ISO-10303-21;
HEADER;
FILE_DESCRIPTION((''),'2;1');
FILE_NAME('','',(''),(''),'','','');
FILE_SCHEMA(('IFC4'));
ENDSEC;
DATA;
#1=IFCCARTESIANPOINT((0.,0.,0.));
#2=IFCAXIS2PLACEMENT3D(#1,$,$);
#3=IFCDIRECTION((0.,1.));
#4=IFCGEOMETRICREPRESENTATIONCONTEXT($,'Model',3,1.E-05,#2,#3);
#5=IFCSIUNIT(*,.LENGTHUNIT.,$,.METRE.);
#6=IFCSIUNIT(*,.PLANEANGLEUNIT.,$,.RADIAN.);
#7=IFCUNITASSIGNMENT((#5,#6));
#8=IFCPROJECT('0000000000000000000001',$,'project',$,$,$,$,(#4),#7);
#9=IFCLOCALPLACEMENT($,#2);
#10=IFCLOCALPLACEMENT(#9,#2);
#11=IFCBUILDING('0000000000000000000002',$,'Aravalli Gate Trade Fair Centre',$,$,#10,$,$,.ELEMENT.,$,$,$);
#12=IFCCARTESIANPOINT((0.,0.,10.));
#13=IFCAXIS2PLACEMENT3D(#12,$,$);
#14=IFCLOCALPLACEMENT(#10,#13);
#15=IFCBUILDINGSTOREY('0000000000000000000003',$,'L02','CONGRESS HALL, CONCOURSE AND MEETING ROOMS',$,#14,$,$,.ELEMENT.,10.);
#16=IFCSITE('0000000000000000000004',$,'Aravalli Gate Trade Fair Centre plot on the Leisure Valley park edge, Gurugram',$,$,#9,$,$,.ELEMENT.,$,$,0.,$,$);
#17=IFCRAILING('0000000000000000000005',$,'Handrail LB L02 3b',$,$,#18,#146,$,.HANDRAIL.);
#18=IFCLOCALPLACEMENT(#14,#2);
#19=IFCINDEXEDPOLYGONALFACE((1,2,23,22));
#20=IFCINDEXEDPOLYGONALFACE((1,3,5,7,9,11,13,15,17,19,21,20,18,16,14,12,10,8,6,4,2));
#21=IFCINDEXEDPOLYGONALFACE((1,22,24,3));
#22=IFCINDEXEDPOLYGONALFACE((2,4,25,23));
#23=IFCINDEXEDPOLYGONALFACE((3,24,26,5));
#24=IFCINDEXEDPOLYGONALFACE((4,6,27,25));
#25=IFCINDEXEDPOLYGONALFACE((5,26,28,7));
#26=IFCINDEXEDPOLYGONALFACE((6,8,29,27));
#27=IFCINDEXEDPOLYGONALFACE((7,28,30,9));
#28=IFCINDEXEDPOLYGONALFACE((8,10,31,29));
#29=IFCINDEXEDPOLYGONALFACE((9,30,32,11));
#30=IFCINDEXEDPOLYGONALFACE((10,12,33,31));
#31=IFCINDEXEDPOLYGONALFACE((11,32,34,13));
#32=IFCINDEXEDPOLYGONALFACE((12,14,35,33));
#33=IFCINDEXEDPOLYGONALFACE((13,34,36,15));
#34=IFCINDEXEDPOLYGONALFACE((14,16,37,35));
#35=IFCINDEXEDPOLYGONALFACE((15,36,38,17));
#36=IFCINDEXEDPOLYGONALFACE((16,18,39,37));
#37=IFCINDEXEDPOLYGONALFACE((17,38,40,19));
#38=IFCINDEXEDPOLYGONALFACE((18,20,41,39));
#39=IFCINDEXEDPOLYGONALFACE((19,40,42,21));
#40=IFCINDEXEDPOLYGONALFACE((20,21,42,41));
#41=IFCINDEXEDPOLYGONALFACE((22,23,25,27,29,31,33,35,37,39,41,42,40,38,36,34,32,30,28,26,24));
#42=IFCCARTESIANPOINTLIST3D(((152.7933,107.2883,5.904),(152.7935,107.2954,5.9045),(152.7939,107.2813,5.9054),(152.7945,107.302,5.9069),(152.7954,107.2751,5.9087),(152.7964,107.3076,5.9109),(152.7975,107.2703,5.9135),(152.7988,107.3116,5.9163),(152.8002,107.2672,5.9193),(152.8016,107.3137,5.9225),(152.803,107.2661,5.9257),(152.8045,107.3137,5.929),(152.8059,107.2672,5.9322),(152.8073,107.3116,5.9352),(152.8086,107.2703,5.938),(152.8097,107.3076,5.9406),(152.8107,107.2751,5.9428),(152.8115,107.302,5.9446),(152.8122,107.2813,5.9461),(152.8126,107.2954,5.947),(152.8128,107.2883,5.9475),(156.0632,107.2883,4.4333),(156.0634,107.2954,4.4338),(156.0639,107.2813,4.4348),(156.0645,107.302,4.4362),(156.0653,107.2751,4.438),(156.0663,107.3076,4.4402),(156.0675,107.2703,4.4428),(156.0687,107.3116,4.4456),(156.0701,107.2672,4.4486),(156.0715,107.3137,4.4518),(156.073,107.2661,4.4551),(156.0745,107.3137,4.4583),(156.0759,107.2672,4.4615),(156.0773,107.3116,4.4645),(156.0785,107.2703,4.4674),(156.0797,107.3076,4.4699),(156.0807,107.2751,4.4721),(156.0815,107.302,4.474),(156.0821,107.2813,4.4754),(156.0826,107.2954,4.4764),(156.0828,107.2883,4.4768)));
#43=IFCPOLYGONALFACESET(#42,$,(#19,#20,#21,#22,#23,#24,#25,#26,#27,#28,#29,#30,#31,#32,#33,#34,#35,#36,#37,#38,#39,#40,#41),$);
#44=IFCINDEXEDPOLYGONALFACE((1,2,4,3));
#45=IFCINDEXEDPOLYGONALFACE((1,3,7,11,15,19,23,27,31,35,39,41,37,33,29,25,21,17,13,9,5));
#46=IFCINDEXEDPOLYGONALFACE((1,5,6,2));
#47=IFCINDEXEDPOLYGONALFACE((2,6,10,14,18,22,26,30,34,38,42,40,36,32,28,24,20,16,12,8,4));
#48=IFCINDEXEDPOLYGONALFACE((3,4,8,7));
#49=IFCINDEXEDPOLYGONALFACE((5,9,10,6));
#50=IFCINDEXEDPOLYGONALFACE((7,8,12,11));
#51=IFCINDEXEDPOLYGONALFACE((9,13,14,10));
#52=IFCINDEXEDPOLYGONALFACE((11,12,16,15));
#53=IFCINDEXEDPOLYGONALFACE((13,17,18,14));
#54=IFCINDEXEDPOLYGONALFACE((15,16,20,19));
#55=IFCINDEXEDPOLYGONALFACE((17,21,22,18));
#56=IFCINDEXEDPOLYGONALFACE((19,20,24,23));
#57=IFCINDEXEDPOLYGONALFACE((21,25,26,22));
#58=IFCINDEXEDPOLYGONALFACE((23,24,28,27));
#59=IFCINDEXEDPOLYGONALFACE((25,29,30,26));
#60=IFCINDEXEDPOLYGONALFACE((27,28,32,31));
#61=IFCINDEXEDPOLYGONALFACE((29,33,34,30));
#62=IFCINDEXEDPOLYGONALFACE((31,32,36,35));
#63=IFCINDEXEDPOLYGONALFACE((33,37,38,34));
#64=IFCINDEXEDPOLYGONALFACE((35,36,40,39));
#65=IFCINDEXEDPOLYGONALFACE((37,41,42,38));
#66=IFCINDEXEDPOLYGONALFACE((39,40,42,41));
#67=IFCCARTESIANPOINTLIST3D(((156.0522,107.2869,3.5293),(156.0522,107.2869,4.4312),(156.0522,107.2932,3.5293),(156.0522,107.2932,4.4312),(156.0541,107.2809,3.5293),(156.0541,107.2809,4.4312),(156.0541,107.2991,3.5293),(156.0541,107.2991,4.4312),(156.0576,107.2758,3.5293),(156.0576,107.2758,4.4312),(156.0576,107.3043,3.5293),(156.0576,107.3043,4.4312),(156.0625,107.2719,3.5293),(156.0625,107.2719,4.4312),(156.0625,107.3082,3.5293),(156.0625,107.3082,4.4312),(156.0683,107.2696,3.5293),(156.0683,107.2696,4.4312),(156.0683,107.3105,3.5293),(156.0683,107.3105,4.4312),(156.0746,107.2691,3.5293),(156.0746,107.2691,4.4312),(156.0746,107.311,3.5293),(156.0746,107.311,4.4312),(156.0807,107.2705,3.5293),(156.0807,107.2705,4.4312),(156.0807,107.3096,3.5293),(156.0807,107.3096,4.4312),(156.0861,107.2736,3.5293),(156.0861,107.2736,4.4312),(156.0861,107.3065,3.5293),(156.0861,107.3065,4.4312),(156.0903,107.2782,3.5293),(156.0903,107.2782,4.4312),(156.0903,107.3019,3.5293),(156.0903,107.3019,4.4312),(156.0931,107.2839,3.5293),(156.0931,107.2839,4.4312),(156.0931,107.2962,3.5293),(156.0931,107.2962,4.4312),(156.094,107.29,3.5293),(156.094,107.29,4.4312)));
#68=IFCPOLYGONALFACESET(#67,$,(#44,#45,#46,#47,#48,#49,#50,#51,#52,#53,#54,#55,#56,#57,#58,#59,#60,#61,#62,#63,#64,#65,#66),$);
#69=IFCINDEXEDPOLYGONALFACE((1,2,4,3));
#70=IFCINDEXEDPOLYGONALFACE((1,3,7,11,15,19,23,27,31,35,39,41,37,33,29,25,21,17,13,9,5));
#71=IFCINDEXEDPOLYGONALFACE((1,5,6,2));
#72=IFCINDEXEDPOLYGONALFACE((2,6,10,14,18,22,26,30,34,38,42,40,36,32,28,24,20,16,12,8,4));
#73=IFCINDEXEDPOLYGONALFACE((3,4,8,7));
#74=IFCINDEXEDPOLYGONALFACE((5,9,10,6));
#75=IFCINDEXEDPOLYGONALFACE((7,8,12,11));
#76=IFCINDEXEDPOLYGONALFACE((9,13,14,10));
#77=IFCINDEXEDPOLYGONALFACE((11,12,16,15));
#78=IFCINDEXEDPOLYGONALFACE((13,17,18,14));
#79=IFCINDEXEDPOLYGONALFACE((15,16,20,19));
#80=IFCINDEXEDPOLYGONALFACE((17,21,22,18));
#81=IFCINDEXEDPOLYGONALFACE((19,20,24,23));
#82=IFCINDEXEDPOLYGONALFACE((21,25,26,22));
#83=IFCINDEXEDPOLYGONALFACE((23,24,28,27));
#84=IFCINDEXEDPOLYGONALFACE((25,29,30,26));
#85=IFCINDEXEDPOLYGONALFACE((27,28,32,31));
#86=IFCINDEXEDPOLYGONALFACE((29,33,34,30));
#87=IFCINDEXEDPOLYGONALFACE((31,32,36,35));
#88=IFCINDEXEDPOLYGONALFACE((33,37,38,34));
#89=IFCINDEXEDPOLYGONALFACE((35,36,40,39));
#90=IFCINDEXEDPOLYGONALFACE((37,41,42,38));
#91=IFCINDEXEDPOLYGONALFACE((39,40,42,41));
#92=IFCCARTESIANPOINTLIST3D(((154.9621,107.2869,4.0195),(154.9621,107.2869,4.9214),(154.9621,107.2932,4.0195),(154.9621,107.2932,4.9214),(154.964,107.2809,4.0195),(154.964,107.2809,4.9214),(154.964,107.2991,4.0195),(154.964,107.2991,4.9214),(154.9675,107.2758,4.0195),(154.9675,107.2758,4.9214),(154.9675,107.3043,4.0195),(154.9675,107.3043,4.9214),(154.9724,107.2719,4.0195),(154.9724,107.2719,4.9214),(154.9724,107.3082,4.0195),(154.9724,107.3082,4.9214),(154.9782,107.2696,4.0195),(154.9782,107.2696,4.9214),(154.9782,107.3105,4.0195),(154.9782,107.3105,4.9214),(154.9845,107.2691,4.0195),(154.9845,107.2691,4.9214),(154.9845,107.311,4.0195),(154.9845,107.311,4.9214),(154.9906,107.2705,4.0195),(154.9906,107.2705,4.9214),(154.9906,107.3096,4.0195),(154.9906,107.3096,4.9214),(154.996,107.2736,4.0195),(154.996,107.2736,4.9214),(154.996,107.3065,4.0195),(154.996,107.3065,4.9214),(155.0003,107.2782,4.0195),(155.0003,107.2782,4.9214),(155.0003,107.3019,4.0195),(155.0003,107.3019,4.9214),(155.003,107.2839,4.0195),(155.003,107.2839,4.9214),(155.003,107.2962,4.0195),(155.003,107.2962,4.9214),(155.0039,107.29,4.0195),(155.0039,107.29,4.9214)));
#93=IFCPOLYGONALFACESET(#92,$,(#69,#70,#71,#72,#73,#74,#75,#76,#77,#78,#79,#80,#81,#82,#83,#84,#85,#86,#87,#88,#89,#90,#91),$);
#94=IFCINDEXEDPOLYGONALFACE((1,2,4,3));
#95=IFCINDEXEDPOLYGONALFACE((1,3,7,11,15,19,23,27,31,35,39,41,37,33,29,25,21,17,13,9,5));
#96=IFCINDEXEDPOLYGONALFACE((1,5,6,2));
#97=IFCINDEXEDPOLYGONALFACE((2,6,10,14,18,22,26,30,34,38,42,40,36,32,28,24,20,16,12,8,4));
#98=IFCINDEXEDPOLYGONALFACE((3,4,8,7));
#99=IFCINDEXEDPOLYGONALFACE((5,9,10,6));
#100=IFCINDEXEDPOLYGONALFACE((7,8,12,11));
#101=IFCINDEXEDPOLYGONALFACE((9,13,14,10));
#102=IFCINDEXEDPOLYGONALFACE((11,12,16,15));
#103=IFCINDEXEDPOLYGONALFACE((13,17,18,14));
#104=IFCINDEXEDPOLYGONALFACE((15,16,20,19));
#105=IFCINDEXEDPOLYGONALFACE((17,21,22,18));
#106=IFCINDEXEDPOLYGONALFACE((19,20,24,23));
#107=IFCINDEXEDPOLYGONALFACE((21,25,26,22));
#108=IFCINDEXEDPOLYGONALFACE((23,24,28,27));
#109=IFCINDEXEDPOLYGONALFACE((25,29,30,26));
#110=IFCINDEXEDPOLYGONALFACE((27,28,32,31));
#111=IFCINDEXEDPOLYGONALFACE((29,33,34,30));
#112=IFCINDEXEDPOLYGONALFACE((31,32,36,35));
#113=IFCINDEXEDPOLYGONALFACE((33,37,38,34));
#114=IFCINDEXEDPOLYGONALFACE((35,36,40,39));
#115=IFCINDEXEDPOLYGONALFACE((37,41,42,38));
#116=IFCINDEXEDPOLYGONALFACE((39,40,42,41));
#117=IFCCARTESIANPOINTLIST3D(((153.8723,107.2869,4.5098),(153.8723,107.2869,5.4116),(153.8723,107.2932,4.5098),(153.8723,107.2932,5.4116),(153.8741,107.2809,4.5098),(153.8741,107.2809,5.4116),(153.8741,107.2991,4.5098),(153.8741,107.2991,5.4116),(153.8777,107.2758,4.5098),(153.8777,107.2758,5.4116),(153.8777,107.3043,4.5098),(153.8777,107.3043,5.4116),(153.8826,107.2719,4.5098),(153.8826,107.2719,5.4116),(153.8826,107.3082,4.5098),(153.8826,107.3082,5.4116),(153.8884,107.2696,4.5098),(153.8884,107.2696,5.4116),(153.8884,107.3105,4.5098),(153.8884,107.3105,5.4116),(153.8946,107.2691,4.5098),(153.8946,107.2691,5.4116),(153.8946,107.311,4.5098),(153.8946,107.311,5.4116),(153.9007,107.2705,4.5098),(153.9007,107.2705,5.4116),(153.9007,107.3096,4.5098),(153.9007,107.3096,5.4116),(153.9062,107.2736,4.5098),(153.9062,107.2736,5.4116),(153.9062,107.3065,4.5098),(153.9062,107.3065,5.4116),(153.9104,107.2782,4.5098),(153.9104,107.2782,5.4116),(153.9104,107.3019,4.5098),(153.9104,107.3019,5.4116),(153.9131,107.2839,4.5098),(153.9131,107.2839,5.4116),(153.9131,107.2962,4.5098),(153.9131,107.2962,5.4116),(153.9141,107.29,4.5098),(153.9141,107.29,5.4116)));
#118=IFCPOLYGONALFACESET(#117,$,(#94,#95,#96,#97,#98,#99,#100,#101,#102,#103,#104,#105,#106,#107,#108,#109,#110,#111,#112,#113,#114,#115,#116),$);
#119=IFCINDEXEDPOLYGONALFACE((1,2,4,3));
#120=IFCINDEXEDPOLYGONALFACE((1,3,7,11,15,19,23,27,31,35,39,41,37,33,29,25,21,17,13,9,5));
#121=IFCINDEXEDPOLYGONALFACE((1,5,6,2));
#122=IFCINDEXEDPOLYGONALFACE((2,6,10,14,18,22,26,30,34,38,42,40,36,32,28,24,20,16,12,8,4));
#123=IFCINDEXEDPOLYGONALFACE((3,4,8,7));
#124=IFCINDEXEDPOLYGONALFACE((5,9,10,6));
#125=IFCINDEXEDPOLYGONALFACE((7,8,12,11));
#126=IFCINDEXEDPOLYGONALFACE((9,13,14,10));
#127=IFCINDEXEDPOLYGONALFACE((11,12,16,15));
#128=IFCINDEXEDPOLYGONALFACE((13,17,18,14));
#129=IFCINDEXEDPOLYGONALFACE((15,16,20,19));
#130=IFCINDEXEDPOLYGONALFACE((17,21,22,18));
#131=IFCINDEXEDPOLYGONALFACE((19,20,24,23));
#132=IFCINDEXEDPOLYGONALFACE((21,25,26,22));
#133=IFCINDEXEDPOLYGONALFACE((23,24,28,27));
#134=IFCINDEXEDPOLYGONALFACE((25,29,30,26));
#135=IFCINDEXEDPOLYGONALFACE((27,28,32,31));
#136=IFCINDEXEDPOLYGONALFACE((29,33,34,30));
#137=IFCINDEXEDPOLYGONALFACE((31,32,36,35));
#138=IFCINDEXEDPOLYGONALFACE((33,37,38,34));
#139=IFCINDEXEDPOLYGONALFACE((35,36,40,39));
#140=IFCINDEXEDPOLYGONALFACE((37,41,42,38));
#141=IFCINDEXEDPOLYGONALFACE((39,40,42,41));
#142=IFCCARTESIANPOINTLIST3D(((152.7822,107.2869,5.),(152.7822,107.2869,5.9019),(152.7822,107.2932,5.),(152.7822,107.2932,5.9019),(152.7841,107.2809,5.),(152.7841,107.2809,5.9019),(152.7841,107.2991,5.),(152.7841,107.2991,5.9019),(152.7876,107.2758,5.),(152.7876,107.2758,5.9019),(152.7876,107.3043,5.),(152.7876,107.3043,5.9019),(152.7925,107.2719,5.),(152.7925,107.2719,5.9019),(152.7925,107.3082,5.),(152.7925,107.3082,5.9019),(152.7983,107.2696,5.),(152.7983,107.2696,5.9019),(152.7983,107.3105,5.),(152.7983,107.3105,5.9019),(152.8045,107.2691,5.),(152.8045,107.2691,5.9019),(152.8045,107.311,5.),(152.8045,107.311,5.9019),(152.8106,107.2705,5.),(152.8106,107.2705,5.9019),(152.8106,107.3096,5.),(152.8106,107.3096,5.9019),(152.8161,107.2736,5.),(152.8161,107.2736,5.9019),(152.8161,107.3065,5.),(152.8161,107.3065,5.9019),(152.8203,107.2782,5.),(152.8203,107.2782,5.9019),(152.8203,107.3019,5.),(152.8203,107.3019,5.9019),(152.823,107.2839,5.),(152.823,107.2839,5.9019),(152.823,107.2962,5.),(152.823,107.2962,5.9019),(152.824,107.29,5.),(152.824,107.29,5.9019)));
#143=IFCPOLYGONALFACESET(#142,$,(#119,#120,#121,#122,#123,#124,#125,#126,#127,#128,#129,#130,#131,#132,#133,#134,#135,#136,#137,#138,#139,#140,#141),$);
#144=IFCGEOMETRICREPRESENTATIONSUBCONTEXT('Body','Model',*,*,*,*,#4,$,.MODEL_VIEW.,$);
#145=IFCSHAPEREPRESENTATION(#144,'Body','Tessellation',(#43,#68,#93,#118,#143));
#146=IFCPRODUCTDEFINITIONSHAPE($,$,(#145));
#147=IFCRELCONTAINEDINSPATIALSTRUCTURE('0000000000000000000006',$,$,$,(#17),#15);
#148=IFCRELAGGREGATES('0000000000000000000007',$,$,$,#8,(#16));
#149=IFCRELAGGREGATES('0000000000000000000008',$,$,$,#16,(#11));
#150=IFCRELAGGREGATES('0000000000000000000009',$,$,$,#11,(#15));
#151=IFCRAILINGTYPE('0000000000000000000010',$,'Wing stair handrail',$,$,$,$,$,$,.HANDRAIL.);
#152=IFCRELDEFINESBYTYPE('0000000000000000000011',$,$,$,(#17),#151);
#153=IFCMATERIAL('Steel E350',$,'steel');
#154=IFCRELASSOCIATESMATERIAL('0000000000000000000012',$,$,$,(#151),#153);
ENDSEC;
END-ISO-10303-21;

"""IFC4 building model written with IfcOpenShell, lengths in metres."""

from ifc_helpers import new_model, si_unit, direction, frame, origin, origin_2d, place, context, subcontext, project, spatial, circle, extrude, material, type_object, element, save


model = new_model("IFC4")

# Units and contexts
model_context = context("Model", 3, precision=1e-05, world=origin(), true_north=direction((0.0, 1.0)))
body_context = subcontext(model_context, "Body", "Model", "MODEL_VIEW")
ifc_project = project(units=[si_unit("LENGTHUNIT", "METRE"), si_unit("PLANEANGLEUNIT", "RADIAN")], contexts=[model_context])

# Site, building, storey
site_placement = place(None, origin())
site = spatial("IfcSite", under=ifc_project, at=site_placement, Name="Aravalli Gate Trade Fair Centre plot on the Leisure Valley park edge, Gurugram", CompositionType="ELEMENT", RefElevation=0.0)
building_placement = place(site_placement, origin())
building = spatial("IfcBuilding", under=site, at=building_placement, Name="Aravalli Gate Trade Fair Centre", CompositionType="ELEMENT")
storey_placement = place(building_placement, frame((0.0, 0.0, 10.0)))
storey = spatial("IfcBuildingStorey", under=building, at=storey_placement, Name="L02", Description="CONGRESS HALL, CONCOURSE AND MEETING ROOMS", CompositionType="ELEMENT", Elevation=10.0)

# Shared definitions
ifc_material_1 = material(Name="Steel E350", Category="steel")

# Railing
railing_type_1 = type_object("IfcRailingType", Name="Wing stair handrail", PredefinedType="HANDRAIL", material=ifc_material_1)
railing_1_placement = place(storey_placement, frame((156.073, 107.29, 3.5293)))
element("IfcRailing", 1, at=railing_1_placement, inside=storey, type_object=railing_type_1, Name="Handrail LB L02 3b", PredefinedType="HANDRAIL", context=body_context, shape_type="SweptSolid", body=[
    extrude(circle(Radius=0.0239, at=origin_2d()), frame((0.0, 0.0, 0.9258), z_axis=(-0.912006, 0.0, 0.410178), x_axis=(0.0, -1.0, 0.0)), (0.0, 0.0, 1.0), 3.5854),
    extrude(circle(Radius=0.021, at=origin_2d()), origin(), (0.0, 0.0, 1.0), 0.9019),
    extrude(circle(Radius=0.021, at=origin_2d()), frame((-1.0901, 0.0, 0.4902)), (0.0, 0.0, 1.0), 0.9019),
    extrude(circle(Radius=0.021, at=origin_2d()), frame((-2.1799, 0.0, 0.9805)), (0.0, 0.0, 1.0), 0.9019),
    extrude(circle(Radius=0.021, at=origin_2d()), frame((-3.27, 0.0, 1.4707)), (0.0, 0.0, 1.0), 0.9019),
])

save(model, "model.ifc")
